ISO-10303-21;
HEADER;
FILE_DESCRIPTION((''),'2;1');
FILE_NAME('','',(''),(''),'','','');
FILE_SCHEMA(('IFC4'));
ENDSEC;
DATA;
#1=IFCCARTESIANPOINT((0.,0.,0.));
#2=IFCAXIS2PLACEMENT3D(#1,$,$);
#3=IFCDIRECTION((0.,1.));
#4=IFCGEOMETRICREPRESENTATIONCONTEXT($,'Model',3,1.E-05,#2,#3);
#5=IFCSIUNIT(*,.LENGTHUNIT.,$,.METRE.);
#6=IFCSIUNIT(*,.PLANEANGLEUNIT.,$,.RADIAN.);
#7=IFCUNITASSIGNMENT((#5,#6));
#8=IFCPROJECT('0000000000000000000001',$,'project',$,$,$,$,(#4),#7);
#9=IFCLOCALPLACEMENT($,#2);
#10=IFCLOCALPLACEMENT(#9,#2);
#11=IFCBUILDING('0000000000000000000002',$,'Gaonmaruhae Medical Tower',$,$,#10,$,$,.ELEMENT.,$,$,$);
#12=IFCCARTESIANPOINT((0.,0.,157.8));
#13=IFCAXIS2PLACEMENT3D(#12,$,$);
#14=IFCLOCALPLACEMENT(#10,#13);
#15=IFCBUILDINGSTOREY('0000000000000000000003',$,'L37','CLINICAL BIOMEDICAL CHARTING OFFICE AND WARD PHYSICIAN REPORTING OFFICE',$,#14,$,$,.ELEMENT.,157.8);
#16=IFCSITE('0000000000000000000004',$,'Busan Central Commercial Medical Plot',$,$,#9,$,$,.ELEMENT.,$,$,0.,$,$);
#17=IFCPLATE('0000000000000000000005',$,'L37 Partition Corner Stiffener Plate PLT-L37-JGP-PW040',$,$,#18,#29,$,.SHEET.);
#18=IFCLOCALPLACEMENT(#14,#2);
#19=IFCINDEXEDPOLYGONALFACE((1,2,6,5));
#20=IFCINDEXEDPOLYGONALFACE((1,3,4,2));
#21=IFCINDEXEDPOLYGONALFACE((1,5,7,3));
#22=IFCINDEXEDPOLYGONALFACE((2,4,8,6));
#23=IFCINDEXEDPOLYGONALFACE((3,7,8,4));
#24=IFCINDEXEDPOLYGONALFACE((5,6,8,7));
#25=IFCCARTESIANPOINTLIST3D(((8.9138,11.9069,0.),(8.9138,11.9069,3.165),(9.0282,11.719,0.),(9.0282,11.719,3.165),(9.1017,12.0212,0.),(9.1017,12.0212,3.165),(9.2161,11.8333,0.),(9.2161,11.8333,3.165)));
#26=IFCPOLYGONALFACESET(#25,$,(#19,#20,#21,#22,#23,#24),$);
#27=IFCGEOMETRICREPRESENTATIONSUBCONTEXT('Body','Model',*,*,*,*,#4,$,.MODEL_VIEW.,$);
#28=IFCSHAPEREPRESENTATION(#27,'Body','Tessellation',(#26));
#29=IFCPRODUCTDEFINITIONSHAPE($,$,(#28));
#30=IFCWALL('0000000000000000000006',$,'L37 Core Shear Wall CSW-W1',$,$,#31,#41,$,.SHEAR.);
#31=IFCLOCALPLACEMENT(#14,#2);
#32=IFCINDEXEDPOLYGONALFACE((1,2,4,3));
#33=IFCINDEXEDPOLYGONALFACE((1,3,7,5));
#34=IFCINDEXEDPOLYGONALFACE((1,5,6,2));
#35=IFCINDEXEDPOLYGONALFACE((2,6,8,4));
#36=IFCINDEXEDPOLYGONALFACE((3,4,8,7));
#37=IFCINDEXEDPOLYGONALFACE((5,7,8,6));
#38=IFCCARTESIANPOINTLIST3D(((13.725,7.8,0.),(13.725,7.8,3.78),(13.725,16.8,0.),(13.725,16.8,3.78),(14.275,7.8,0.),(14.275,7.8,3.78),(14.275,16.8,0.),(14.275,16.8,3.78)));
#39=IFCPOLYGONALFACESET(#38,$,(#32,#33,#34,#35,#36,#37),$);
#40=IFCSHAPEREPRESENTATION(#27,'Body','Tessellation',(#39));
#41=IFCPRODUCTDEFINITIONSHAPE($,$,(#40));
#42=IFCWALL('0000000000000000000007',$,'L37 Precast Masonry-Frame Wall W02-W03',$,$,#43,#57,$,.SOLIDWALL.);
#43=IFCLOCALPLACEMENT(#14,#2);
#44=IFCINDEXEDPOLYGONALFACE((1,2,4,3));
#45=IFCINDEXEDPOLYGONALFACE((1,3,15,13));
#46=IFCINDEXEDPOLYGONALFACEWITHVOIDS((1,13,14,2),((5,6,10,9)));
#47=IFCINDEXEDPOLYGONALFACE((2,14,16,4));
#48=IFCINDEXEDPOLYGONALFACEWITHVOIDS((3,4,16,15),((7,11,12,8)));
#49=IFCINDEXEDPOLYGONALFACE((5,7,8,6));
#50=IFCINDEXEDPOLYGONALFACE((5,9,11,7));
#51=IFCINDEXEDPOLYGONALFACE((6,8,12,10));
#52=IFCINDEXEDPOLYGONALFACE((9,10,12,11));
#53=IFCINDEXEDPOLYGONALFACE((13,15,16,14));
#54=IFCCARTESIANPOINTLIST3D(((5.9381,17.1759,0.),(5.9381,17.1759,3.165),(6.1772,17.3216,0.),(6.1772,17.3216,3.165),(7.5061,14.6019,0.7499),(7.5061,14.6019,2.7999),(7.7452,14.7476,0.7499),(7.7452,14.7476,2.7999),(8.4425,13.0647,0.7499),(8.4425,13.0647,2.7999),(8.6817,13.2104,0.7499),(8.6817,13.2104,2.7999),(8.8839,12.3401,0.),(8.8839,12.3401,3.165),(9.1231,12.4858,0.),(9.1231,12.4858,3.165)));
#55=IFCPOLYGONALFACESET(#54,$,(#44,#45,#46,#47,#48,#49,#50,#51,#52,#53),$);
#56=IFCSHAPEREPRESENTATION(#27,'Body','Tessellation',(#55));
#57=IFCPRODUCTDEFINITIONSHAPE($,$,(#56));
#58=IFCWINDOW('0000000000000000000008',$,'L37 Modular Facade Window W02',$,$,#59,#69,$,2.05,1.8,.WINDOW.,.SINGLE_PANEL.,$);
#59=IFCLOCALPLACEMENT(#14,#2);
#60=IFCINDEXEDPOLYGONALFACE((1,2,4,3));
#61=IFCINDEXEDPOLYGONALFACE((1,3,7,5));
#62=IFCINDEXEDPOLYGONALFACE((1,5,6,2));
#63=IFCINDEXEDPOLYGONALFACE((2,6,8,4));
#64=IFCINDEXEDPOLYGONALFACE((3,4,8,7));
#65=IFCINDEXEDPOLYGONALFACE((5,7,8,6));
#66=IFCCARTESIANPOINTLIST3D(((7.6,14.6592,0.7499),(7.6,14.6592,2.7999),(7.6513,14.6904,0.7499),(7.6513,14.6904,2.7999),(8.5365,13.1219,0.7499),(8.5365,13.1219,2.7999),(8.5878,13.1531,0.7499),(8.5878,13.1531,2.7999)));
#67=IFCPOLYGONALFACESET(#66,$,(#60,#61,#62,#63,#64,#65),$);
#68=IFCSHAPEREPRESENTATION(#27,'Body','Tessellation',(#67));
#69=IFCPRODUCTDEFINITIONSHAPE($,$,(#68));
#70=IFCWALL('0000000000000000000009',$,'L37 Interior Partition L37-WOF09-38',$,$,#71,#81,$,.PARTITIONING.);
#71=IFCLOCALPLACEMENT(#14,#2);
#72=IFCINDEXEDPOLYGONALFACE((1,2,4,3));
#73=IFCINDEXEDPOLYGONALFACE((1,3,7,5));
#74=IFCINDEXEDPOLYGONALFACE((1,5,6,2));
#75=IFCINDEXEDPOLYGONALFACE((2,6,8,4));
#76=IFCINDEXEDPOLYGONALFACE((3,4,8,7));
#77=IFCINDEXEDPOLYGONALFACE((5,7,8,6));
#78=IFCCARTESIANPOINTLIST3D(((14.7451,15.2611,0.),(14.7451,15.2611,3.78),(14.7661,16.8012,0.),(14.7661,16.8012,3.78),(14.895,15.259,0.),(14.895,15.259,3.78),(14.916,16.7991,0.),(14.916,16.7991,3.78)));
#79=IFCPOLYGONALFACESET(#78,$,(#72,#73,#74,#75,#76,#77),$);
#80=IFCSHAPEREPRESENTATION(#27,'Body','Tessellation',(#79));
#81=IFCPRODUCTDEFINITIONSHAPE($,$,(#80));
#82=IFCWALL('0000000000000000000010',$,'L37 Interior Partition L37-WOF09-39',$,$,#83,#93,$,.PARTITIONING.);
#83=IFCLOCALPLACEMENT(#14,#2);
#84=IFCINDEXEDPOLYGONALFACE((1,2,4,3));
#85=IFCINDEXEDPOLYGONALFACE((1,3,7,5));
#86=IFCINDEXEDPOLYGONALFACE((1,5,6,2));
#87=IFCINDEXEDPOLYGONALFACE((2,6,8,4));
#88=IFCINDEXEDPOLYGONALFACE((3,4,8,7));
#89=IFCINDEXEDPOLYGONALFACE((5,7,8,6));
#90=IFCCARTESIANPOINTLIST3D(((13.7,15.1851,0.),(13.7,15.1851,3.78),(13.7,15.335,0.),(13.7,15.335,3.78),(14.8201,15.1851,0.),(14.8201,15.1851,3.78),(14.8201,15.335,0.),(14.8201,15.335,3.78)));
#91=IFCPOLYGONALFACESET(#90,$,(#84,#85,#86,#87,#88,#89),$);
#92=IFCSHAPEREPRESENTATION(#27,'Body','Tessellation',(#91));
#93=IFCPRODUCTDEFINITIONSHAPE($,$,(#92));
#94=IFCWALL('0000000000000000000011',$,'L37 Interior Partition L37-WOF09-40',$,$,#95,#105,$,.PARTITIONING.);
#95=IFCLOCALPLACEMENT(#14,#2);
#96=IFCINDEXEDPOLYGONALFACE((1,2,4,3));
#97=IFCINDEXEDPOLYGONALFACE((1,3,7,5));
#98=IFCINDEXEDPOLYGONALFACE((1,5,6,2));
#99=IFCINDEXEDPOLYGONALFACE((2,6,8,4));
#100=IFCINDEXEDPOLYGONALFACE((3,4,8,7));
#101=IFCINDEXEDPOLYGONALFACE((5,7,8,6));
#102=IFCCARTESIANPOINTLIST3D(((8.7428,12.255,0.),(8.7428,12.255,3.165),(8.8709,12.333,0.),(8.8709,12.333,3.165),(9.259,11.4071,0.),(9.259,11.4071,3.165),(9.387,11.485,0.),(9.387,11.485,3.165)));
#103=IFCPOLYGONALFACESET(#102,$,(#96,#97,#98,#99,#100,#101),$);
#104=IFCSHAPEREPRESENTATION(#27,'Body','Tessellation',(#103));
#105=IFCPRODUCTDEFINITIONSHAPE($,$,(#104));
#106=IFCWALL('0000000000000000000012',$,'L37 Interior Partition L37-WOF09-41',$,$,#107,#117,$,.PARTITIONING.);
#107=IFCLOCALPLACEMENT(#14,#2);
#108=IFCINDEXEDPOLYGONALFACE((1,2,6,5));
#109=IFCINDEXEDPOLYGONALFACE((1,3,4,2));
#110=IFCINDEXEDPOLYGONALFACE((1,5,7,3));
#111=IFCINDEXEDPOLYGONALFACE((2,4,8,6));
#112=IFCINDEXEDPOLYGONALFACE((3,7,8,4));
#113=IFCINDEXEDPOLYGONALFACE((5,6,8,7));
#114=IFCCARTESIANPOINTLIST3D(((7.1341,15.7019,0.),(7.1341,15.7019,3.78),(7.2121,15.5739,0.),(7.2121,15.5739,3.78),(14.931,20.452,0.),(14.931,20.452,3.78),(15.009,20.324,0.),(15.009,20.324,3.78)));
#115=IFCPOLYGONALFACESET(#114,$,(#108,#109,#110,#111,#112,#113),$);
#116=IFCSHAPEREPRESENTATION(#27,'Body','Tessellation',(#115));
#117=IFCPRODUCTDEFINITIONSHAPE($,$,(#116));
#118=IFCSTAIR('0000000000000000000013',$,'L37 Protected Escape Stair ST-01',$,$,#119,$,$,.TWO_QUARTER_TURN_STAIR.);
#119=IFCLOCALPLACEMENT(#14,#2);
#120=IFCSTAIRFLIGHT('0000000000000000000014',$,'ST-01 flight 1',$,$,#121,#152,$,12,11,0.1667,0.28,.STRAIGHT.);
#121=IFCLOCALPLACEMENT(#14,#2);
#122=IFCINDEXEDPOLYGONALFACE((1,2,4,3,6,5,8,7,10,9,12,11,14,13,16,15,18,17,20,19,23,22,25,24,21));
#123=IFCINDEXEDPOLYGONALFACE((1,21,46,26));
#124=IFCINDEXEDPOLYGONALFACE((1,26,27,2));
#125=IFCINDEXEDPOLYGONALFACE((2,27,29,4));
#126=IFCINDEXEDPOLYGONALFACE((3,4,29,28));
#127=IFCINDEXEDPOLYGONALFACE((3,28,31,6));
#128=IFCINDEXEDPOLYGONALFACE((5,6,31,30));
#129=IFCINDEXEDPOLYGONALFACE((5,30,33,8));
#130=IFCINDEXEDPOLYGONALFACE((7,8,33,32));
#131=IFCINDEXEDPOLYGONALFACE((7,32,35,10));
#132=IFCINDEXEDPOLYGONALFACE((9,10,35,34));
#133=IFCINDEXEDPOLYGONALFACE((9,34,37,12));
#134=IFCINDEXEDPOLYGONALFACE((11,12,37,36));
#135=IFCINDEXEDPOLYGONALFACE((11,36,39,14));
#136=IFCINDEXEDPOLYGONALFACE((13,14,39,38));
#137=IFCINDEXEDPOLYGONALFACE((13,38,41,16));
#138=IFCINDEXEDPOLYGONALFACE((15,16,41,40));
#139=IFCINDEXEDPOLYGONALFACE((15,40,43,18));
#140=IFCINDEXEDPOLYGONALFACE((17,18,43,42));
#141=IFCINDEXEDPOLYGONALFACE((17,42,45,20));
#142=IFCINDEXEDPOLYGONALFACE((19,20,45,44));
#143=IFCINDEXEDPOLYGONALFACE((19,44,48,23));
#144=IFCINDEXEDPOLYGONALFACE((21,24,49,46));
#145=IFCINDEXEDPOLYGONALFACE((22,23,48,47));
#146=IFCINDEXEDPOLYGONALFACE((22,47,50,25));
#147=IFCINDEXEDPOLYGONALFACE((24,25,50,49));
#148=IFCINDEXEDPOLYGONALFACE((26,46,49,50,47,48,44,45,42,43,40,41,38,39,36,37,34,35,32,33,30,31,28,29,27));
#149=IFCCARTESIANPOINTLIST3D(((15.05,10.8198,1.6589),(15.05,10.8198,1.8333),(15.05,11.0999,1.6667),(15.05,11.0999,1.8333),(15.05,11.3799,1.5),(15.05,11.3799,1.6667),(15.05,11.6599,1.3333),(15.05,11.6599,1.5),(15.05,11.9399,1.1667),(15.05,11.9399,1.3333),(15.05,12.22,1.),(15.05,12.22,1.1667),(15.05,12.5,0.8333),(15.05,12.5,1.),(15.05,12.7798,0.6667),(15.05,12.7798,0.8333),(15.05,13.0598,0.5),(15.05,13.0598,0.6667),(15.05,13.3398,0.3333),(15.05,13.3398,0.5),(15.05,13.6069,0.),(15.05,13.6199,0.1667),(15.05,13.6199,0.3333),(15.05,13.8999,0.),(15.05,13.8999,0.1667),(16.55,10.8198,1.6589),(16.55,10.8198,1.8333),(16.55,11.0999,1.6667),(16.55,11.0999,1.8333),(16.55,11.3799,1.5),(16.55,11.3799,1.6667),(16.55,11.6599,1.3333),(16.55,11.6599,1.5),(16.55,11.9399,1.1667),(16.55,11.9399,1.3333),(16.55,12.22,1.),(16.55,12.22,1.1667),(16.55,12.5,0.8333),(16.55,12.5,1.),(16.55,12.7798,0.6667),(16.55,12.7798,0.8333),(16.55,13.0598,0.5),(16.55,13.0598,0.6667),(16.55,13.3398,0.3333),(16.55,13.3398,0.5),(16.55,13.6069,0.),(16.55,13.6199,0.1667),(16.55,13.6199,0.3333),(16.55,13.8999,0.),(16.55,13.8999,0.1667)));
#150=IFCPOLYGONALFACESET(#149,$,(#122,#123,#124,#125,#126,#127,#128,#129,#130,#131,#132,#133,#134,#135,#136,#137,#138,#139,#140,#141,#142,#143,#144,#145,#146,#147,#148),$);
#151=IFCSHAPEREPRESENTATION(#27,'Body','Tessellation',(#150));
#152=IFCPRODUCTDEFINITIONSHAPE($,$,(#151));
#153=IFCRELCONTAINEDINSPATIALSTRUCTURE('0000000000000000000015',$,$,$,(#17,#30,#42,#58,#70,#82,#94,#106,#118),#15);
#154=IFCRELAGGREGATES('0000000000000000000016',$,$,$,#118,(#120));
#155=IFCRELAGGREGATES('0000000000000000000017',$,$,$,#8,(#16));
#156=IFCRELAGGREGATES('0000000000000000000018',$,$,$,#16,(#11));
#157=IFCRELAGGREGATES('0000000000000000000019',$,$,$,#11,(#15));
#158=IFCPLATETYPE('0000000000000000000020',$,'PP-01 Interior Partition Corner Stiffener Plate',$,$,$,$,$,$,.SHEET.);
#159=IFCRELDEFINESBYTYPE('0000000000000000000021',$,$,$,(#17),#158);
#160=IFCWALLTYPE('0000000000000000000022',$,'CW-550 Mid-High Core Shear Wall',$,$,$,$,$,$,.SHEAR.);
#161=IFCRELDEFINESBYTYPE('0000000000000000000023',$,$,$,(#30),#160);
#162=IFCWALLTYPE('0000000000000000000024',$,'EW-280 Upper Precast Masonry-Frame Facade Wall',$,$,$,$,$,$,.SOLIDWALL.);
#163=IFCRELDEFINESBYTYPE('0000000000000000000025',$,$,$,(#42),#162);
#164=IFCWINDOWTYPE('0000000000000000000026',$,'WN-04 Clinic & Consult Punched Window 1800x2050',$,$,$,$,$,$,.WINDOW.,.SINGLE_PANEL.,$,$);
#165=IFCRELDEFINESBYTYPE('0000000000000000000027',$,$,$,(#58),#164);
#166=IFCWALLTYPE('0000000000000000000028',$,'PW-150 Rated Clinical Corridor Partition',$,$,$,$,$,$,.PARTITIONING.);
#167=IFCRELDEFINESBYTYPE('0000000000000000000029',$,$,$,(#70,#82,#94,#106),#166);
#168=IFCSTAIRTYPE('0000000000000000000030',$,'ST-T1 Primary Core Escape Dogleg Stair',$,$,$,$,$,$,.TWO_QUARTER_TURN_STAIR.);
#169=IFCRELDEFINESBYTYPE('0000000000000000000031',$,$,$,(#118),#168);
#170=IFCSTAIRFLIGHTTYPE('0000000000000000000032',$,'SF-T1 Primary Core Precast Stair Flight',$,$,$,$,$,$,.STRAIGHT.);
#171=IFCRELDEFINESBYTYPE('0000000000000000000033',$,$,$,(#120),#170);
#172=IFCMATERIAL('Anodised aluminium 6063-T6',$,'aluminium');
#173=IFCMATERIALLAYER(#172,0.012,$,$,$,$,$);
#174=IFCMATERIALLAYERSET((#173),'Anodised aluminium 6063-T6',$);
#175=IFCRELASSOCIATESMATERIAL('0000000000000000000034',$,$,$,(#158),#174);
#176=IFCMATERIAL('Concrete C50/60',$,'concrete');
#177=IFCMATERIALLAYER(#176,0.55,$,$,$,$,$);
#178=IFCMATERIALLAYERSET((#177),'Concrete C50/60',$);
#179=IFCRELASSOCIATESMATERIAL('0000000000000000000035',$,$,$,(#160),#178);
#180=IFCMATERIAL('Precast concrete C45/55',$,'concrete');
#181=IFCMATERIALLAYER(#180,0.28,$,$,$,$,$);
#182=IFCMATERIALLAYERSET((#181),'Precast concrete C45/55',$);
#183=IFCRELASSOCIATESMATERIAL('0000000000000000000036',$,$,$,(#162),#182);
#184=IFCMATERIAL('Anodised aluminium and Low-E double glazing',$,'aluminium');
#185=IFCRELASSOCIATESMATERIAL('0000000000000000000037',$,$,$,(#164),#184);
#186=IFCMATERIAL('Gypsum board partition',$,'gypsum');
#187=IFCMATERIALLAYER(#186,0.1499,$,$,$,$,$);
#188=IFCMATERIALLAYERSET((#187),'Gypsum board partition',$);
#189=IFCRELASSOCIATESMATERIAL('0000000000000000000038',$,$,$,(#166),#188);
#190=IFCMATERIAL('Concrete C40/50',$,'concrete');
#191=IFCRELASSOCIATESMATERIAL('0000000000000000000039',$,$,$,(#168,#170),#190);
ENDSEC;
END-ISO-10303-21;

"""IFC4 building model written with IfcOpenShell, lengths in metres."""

from ifc_helpers import new_model, si_unit, direction, frame, frame_2d, origin, origin_2d, place, context, subcontext, project, spatial, polyline, rectangle, outline, extrude, material, layer, layer_set, type_object, element, fill, aggregate, save


model = new_model("IFC4")

# Units and contexts
model_context = context("Model", 3, precision=1e-05, world=origin(), true_north=direction((0.0, 1.0)))
body_context = subcontext(model_context, "Body", "Model", "MODEL_VIEW")
ifc_project = project(units=[si_unit("LENGTHUNIT", "METRE"), si_unit("PLANEANGLEUNIT", "RADIAN")], contexts=[model_context])

# Site, building, storey
site_placement = place(None, origin())
site = spatial("IfcSite", under=ifc_project, at=site_placement, Name="Busan Central Commercial Medical Plot", CompositionType="ELEMENT", RefElevation=0.0)
building_placement = place(site_placement, origin())
building = spatial("IfcBuilding", under=site, at=building_placement, Name="Gaonmaruhae Medical Tower", CompositionType="ELEMENT")
storey_placement = place(building_placement, frame((0.0, 0.0, 157.8)))
storey = spatial("IfcBuildingStorey", under=building, at=storey_placement, Name="L37", Description="CLINICAL BIOMEDICAL CHARTING OFFICE AND WARD PHYSICIAN REPORTING OFFICE", CompositionType="ELEMENT", Elevation=157.8)

# Shared definitions
ifc_material_1 = material(Name="Concrete C50/60", Category="concrete")

# Plate
ifc_material_2 = material(Name="Anodised aluminium 6063-T6", Category="aluminium")
ifc_layer_1 = layer(ifc_material_2, 0.012)
ifc_layer_set_1 = layer_set([ifc_layer_1], Name="Anodised aluminium 6063-T6")
plate_type = type_object("IfcPlateType", Name="PP-01 Interior Partition Corner Stiffener Plate", PredefinedType="SHEET", material=ifc_layer_set_1)
plate_placement = place(storey_placement, frame((9.0649, 11.8701, 0.0), z_axis=(0.0, 0.0, 1.0), x_axis=(-0.519817, 0.854277, 0.0)))
element("IfcPlate", 1, at=plate_placement, inside=storey, type_object=plate_type, Name="L37 Partition Corner Stiffener Plate PLT-L37-JGP-PW040", PredefinedType="SHEET", context=body_context, shape_type="SweptSolid", body=[
    extrude(rectangle(XDim=0.22, YDim=0.22, at=origin_2d()), origin(), (0.0, 0.0, 1.0), 3.165),
])

# Wall
ifc_layer_2 = layer(ifc_material_1, 0.55)
ifc_layer_set_2 = layer_set([ifc_layer_2], Name="Concrete C50/60")
wall_type_1 = type_object("IfcWallType", Name="CW-550 Mid-High Core Shear Wall", PredefinedType="SHEAR", material=ifc_layer_set_2)
wall_1_placement = place(storey_placement, frame((14.0, 16.8, 0.0), z_axis=(0.0, 0.0, 1.0), x_axis=(0.0, -1.0, 0.0)))
element("IfcWall", 2, at=wall_1_placement, inside=storey, type_object=wall_type_1, Name="L37 Core Shear Wall CSW-W1", PredefinedType="SHEAR", context=body_context, shape_type="SweptSolid", body=[
    extrude(rectangle(XDim=9.0, YDim=0.55, at=frame_2d((4.5, 0.0))), origin(), (0.0, 0.0, 1.0), 3.78),
])

# Wall, opening, window
ifc_material_3 = material(Name="Precast concrete C45/55", Category="concrete")
ifc_layer_3 = layer(ifc_material_3, 0.28)
ifc_layer_set_3 = layer_set([ifc_layer_3], Name="Precast concrete C45/55")
wall_type_2 = type_object("IfcWallType", Name="EW-280 Upper Precast Masonry-Frame Facade Wall", PredefinedType="SOLIDWALL", material=ifc_layer_set_3)
wall_2_placement = place(storey_placement, frame((9.0034, 12.4131, 0.0), z_axis=(0.0, 0.0, 1.0), x_axis=(-0.520248, 0.854015, 0.0)))
wall_2 = element("IfcWall", 3, at=wall_2_placement, inside=storey, type_object=wall_type_2, Name="L37 Precast Masonry-Frame Wall W02-W03", PredefinedType="SOLIDWALL", context=body_context, shape_type="SweptSolid", body=[
    extrude(rectangle(XDim=5.6624, YDim=0.28, at=frame_2d((2.8311, 0.0))), origin(), (0.0, 0.0, 1.0), 3.165),
])
opening_1_placement = place(wall_2_placement, frame((0.8484, 0.0, 0.75)))
opening_1 = element("IfcOpeningElement", 4, at=opening_1_placement, cuts=wall_2, PredefinedType="OPENING", context=body_context, shape_type="SweptSolid", body=[
    extrude(rectangle(XDim=1.8, YDim=2.05, at=frame_2d((0.8999, 1.0249))), frame((0.0, 0.1499, 0.0), z_axis=(0.0, -1.0, 0.0), x_axis=(1.0, 0.0, 0.0)), (0.0, 0.0, 1.0), 0.3),
])
ifc_material_4 = material(Name="Anodised aluminium and Low-E double glazing", Category="aluminium")
window_type = type_object("IfcWindowType", Name="WN-04 Clinic & Consult Punched Window 1800x2050", PartitioningType="SINGLE_PANEL", PredefinedType="WINDOW", material=ifc_material_4)
window_placement = place(opening_1_placement, origin())
window = element("IfcWindow", 5, at=window_placement, inside=storey, type_object=window_type, Name="L37 Modular Facade Window W02", OverallHeight=2.05, OverallWidth=1.8, PartitioningType="SINGLE_PANEL", PredefinedType="WINDOW", context=body_context, shape_type="SweptSolid", body=[
    extrude(rectangle(XDim=1.8, YDim=2.05, at=frame_2d((0.8999, 1.0249))), frame((0.0, 0.03, 0.0), z_axis=(0.0, -1.0, 0.0), x_axis=(1.0, 0.0, 0.0)), (0.0, 0.0, 1.0), 0.0601),
])
fill(opening_1, window)

# Walls
ifc_material_5 = material(Name="Gypsum board partition", Category="gypsum")
ifc_layer_4 = layer(ifc_material_5, 0.1499)
ifc_layer_set_4 = layer_set([ifc_layer_4], Name="Gypsum board partition")
wall_type_3 = type_object("IfcWallType", Name="PW-150 Rated Clinical Corridor Partition", PredefinedType="PARTITIONING", material=ifc_layer_set_4)
wall_3_placement = place(storey_placement, frame((14.8411, 16.8, 0.0), z_axis=(0.0, 0.0, 1.0), x_axis=(-0.013632, -0.999907, 0.0)))
element("IfcWall", 6, at=wall_3_placement, inside=storey, type_object=wall_type_3, Name="L37 Interior Partition L37-WOF09-38", PredefinedType="PARTITIONING", context=body_context, shape_type="SweptSolid", body=[
    extrude(rectangle(XDim=1.5403, YDim=0.1499, at=frame_2d((0.77, 0.0))), origin(), (0.0, 0.0, 1.0), 3.78),
])
wall_4_placement = place(storey_placement, frame((14.8201, 15.26, 0.0), z_axis=(0.0, 0.0, 1.0), x_axis=(-1.0, 0.0, 0.0)))
element("IfcWall", 7, at=wall_4_placement, inside=storey, type_object=wall_type_3, Name="L37 Interior Partition L37-WOF09-39", PredefinedType="PARTITIONING", context=body_context, shape_type="SweptSolid", body=[
    extrude(rectangle(XDim=1.1201, YDim=0.1499, at=frame_2d((0.5601, 0.0))), origin(), (0.0, 0.0, 1.0), 3.78),
])
wall_5_placement = place(storey_placement, frame((9.323, 11.446, 0.0), z_axis=(0.0, 0.0, 1.0), x_axis=(-0.519947, 0.854199, 0.0)))
element("IfcWall", 8, at=wall_5_placement, inside=storey, type_object=wall_type_3, Name="L37 Interior Partition L37-WOF09-40", PredefinedType="PARTITIONING", context=body_context, shape_type="SweptSolid", body=[
    extrude(rectangle(XDim=0.9927, YDim=0.1499, at=frame_2d((0.4963, 0.0))), origin(), (0.0, 0.0, 1.0), 3.165),
])
wall_6_placement = place(storey_placement, frame((7.1731, 15.6379, 0.0), z_axis=(0.0, 0.0, 1.0), x_axis=(0.854, 0.520273, 0.0)))
element("IfcWall", 9, at=wall_6_placement, inside=storey, type_object=wall_type_3, Name="L37 Interior Partition L37-WOF09-41", PredefinedType="PARTITIONING", context=body_context, shape_type="SweptSolid", body=[
    extrude(rectangle(XDim=9.1299, YDim=0.1499, at=frame_2d((4.5649, 0.0))), origin(), (0.0, 0.0, 1.0), 3.78),
])

# Stair, stair flight
ifc_material_6 = material(Name="Concrete C40/50", Category="concrete")
stair_type = type_object("IfcStairType", Name="ST-T1 Primary Core Escape Dogleg Stair", PredefinedType="TWO_QUARTER_TURN_STAIR", material=ifc_material_6)
stair_placement = place(storey_placement, origin())
stair = element("IfcStair", 10, at=stair_placement, inside=storey, type_object=stair_type, Name="L37 Protected Escape Stair ST-01", PredefinedType="TWO_QUARTER_TURN_STAIR")
stair_flight_type = type_object("IfcStairFlightType", Name="SF-T1 Primary Core Precast Stair Flight", PredefinedType="STRAIGHT", material=ifc_material_6)
stair_flight_1_placement = place(storey_placement, frame((15.8, 13.8999, 0.0), z_axis=(0.0, 0.0, 1.0), x_axis=(0.0, -1.0, 0.0)))
stair_flight_1 = element("IfcStairFlight", 11, at=stair_flight_1_placement, type_object=stair_flight_type, Name="ST-01 flight 1", NumberOfRisers=12, NumberOfTreads=11, PredefinedType="STRAIGHT", RiserHeight=0.1667, TreadLength=0.28, context=body_context, shape_type="SweptSolid", body=[
    extrude(outline(polyline([(0.0, 0.0), (0.0, 0.1667), (0.28, 0.1667), (0.28, 0.3333), (0.5601, 0.3333), (0.5601, 0.5), (0.8401, 0.5), (0.8401, 0.6667), (1.1201, 0.6667), (1.1201, 0.8333), (1.3999, 0.8333), (1.3999, 1.0), (1.6799, 1.0), (1.6799, 1.1667), (1.96, 1.1667), (1.96, 1.3333), (2.24, 1.3333), (2.24, 1.5), (2.52, 1.5), (2.52, 1.6667), (2.8, 1.6667), (2.8, 1.8333), (3.0801, 1.8333), (3.0801, 2.0), (3.0801, 1.6589), (0.293, 0.0), (0.0, 0.0)])), frame((0.0, 0.75, 0.0), z_axis=(0.0, -1.0, 0.0), x_axis=(1.0, 0.0, 0.0)), (0.0, 0.0, 1.0), 1.5),
])
aggregate(stair, [stair_flight_1])

save(model, "model.ifc")
